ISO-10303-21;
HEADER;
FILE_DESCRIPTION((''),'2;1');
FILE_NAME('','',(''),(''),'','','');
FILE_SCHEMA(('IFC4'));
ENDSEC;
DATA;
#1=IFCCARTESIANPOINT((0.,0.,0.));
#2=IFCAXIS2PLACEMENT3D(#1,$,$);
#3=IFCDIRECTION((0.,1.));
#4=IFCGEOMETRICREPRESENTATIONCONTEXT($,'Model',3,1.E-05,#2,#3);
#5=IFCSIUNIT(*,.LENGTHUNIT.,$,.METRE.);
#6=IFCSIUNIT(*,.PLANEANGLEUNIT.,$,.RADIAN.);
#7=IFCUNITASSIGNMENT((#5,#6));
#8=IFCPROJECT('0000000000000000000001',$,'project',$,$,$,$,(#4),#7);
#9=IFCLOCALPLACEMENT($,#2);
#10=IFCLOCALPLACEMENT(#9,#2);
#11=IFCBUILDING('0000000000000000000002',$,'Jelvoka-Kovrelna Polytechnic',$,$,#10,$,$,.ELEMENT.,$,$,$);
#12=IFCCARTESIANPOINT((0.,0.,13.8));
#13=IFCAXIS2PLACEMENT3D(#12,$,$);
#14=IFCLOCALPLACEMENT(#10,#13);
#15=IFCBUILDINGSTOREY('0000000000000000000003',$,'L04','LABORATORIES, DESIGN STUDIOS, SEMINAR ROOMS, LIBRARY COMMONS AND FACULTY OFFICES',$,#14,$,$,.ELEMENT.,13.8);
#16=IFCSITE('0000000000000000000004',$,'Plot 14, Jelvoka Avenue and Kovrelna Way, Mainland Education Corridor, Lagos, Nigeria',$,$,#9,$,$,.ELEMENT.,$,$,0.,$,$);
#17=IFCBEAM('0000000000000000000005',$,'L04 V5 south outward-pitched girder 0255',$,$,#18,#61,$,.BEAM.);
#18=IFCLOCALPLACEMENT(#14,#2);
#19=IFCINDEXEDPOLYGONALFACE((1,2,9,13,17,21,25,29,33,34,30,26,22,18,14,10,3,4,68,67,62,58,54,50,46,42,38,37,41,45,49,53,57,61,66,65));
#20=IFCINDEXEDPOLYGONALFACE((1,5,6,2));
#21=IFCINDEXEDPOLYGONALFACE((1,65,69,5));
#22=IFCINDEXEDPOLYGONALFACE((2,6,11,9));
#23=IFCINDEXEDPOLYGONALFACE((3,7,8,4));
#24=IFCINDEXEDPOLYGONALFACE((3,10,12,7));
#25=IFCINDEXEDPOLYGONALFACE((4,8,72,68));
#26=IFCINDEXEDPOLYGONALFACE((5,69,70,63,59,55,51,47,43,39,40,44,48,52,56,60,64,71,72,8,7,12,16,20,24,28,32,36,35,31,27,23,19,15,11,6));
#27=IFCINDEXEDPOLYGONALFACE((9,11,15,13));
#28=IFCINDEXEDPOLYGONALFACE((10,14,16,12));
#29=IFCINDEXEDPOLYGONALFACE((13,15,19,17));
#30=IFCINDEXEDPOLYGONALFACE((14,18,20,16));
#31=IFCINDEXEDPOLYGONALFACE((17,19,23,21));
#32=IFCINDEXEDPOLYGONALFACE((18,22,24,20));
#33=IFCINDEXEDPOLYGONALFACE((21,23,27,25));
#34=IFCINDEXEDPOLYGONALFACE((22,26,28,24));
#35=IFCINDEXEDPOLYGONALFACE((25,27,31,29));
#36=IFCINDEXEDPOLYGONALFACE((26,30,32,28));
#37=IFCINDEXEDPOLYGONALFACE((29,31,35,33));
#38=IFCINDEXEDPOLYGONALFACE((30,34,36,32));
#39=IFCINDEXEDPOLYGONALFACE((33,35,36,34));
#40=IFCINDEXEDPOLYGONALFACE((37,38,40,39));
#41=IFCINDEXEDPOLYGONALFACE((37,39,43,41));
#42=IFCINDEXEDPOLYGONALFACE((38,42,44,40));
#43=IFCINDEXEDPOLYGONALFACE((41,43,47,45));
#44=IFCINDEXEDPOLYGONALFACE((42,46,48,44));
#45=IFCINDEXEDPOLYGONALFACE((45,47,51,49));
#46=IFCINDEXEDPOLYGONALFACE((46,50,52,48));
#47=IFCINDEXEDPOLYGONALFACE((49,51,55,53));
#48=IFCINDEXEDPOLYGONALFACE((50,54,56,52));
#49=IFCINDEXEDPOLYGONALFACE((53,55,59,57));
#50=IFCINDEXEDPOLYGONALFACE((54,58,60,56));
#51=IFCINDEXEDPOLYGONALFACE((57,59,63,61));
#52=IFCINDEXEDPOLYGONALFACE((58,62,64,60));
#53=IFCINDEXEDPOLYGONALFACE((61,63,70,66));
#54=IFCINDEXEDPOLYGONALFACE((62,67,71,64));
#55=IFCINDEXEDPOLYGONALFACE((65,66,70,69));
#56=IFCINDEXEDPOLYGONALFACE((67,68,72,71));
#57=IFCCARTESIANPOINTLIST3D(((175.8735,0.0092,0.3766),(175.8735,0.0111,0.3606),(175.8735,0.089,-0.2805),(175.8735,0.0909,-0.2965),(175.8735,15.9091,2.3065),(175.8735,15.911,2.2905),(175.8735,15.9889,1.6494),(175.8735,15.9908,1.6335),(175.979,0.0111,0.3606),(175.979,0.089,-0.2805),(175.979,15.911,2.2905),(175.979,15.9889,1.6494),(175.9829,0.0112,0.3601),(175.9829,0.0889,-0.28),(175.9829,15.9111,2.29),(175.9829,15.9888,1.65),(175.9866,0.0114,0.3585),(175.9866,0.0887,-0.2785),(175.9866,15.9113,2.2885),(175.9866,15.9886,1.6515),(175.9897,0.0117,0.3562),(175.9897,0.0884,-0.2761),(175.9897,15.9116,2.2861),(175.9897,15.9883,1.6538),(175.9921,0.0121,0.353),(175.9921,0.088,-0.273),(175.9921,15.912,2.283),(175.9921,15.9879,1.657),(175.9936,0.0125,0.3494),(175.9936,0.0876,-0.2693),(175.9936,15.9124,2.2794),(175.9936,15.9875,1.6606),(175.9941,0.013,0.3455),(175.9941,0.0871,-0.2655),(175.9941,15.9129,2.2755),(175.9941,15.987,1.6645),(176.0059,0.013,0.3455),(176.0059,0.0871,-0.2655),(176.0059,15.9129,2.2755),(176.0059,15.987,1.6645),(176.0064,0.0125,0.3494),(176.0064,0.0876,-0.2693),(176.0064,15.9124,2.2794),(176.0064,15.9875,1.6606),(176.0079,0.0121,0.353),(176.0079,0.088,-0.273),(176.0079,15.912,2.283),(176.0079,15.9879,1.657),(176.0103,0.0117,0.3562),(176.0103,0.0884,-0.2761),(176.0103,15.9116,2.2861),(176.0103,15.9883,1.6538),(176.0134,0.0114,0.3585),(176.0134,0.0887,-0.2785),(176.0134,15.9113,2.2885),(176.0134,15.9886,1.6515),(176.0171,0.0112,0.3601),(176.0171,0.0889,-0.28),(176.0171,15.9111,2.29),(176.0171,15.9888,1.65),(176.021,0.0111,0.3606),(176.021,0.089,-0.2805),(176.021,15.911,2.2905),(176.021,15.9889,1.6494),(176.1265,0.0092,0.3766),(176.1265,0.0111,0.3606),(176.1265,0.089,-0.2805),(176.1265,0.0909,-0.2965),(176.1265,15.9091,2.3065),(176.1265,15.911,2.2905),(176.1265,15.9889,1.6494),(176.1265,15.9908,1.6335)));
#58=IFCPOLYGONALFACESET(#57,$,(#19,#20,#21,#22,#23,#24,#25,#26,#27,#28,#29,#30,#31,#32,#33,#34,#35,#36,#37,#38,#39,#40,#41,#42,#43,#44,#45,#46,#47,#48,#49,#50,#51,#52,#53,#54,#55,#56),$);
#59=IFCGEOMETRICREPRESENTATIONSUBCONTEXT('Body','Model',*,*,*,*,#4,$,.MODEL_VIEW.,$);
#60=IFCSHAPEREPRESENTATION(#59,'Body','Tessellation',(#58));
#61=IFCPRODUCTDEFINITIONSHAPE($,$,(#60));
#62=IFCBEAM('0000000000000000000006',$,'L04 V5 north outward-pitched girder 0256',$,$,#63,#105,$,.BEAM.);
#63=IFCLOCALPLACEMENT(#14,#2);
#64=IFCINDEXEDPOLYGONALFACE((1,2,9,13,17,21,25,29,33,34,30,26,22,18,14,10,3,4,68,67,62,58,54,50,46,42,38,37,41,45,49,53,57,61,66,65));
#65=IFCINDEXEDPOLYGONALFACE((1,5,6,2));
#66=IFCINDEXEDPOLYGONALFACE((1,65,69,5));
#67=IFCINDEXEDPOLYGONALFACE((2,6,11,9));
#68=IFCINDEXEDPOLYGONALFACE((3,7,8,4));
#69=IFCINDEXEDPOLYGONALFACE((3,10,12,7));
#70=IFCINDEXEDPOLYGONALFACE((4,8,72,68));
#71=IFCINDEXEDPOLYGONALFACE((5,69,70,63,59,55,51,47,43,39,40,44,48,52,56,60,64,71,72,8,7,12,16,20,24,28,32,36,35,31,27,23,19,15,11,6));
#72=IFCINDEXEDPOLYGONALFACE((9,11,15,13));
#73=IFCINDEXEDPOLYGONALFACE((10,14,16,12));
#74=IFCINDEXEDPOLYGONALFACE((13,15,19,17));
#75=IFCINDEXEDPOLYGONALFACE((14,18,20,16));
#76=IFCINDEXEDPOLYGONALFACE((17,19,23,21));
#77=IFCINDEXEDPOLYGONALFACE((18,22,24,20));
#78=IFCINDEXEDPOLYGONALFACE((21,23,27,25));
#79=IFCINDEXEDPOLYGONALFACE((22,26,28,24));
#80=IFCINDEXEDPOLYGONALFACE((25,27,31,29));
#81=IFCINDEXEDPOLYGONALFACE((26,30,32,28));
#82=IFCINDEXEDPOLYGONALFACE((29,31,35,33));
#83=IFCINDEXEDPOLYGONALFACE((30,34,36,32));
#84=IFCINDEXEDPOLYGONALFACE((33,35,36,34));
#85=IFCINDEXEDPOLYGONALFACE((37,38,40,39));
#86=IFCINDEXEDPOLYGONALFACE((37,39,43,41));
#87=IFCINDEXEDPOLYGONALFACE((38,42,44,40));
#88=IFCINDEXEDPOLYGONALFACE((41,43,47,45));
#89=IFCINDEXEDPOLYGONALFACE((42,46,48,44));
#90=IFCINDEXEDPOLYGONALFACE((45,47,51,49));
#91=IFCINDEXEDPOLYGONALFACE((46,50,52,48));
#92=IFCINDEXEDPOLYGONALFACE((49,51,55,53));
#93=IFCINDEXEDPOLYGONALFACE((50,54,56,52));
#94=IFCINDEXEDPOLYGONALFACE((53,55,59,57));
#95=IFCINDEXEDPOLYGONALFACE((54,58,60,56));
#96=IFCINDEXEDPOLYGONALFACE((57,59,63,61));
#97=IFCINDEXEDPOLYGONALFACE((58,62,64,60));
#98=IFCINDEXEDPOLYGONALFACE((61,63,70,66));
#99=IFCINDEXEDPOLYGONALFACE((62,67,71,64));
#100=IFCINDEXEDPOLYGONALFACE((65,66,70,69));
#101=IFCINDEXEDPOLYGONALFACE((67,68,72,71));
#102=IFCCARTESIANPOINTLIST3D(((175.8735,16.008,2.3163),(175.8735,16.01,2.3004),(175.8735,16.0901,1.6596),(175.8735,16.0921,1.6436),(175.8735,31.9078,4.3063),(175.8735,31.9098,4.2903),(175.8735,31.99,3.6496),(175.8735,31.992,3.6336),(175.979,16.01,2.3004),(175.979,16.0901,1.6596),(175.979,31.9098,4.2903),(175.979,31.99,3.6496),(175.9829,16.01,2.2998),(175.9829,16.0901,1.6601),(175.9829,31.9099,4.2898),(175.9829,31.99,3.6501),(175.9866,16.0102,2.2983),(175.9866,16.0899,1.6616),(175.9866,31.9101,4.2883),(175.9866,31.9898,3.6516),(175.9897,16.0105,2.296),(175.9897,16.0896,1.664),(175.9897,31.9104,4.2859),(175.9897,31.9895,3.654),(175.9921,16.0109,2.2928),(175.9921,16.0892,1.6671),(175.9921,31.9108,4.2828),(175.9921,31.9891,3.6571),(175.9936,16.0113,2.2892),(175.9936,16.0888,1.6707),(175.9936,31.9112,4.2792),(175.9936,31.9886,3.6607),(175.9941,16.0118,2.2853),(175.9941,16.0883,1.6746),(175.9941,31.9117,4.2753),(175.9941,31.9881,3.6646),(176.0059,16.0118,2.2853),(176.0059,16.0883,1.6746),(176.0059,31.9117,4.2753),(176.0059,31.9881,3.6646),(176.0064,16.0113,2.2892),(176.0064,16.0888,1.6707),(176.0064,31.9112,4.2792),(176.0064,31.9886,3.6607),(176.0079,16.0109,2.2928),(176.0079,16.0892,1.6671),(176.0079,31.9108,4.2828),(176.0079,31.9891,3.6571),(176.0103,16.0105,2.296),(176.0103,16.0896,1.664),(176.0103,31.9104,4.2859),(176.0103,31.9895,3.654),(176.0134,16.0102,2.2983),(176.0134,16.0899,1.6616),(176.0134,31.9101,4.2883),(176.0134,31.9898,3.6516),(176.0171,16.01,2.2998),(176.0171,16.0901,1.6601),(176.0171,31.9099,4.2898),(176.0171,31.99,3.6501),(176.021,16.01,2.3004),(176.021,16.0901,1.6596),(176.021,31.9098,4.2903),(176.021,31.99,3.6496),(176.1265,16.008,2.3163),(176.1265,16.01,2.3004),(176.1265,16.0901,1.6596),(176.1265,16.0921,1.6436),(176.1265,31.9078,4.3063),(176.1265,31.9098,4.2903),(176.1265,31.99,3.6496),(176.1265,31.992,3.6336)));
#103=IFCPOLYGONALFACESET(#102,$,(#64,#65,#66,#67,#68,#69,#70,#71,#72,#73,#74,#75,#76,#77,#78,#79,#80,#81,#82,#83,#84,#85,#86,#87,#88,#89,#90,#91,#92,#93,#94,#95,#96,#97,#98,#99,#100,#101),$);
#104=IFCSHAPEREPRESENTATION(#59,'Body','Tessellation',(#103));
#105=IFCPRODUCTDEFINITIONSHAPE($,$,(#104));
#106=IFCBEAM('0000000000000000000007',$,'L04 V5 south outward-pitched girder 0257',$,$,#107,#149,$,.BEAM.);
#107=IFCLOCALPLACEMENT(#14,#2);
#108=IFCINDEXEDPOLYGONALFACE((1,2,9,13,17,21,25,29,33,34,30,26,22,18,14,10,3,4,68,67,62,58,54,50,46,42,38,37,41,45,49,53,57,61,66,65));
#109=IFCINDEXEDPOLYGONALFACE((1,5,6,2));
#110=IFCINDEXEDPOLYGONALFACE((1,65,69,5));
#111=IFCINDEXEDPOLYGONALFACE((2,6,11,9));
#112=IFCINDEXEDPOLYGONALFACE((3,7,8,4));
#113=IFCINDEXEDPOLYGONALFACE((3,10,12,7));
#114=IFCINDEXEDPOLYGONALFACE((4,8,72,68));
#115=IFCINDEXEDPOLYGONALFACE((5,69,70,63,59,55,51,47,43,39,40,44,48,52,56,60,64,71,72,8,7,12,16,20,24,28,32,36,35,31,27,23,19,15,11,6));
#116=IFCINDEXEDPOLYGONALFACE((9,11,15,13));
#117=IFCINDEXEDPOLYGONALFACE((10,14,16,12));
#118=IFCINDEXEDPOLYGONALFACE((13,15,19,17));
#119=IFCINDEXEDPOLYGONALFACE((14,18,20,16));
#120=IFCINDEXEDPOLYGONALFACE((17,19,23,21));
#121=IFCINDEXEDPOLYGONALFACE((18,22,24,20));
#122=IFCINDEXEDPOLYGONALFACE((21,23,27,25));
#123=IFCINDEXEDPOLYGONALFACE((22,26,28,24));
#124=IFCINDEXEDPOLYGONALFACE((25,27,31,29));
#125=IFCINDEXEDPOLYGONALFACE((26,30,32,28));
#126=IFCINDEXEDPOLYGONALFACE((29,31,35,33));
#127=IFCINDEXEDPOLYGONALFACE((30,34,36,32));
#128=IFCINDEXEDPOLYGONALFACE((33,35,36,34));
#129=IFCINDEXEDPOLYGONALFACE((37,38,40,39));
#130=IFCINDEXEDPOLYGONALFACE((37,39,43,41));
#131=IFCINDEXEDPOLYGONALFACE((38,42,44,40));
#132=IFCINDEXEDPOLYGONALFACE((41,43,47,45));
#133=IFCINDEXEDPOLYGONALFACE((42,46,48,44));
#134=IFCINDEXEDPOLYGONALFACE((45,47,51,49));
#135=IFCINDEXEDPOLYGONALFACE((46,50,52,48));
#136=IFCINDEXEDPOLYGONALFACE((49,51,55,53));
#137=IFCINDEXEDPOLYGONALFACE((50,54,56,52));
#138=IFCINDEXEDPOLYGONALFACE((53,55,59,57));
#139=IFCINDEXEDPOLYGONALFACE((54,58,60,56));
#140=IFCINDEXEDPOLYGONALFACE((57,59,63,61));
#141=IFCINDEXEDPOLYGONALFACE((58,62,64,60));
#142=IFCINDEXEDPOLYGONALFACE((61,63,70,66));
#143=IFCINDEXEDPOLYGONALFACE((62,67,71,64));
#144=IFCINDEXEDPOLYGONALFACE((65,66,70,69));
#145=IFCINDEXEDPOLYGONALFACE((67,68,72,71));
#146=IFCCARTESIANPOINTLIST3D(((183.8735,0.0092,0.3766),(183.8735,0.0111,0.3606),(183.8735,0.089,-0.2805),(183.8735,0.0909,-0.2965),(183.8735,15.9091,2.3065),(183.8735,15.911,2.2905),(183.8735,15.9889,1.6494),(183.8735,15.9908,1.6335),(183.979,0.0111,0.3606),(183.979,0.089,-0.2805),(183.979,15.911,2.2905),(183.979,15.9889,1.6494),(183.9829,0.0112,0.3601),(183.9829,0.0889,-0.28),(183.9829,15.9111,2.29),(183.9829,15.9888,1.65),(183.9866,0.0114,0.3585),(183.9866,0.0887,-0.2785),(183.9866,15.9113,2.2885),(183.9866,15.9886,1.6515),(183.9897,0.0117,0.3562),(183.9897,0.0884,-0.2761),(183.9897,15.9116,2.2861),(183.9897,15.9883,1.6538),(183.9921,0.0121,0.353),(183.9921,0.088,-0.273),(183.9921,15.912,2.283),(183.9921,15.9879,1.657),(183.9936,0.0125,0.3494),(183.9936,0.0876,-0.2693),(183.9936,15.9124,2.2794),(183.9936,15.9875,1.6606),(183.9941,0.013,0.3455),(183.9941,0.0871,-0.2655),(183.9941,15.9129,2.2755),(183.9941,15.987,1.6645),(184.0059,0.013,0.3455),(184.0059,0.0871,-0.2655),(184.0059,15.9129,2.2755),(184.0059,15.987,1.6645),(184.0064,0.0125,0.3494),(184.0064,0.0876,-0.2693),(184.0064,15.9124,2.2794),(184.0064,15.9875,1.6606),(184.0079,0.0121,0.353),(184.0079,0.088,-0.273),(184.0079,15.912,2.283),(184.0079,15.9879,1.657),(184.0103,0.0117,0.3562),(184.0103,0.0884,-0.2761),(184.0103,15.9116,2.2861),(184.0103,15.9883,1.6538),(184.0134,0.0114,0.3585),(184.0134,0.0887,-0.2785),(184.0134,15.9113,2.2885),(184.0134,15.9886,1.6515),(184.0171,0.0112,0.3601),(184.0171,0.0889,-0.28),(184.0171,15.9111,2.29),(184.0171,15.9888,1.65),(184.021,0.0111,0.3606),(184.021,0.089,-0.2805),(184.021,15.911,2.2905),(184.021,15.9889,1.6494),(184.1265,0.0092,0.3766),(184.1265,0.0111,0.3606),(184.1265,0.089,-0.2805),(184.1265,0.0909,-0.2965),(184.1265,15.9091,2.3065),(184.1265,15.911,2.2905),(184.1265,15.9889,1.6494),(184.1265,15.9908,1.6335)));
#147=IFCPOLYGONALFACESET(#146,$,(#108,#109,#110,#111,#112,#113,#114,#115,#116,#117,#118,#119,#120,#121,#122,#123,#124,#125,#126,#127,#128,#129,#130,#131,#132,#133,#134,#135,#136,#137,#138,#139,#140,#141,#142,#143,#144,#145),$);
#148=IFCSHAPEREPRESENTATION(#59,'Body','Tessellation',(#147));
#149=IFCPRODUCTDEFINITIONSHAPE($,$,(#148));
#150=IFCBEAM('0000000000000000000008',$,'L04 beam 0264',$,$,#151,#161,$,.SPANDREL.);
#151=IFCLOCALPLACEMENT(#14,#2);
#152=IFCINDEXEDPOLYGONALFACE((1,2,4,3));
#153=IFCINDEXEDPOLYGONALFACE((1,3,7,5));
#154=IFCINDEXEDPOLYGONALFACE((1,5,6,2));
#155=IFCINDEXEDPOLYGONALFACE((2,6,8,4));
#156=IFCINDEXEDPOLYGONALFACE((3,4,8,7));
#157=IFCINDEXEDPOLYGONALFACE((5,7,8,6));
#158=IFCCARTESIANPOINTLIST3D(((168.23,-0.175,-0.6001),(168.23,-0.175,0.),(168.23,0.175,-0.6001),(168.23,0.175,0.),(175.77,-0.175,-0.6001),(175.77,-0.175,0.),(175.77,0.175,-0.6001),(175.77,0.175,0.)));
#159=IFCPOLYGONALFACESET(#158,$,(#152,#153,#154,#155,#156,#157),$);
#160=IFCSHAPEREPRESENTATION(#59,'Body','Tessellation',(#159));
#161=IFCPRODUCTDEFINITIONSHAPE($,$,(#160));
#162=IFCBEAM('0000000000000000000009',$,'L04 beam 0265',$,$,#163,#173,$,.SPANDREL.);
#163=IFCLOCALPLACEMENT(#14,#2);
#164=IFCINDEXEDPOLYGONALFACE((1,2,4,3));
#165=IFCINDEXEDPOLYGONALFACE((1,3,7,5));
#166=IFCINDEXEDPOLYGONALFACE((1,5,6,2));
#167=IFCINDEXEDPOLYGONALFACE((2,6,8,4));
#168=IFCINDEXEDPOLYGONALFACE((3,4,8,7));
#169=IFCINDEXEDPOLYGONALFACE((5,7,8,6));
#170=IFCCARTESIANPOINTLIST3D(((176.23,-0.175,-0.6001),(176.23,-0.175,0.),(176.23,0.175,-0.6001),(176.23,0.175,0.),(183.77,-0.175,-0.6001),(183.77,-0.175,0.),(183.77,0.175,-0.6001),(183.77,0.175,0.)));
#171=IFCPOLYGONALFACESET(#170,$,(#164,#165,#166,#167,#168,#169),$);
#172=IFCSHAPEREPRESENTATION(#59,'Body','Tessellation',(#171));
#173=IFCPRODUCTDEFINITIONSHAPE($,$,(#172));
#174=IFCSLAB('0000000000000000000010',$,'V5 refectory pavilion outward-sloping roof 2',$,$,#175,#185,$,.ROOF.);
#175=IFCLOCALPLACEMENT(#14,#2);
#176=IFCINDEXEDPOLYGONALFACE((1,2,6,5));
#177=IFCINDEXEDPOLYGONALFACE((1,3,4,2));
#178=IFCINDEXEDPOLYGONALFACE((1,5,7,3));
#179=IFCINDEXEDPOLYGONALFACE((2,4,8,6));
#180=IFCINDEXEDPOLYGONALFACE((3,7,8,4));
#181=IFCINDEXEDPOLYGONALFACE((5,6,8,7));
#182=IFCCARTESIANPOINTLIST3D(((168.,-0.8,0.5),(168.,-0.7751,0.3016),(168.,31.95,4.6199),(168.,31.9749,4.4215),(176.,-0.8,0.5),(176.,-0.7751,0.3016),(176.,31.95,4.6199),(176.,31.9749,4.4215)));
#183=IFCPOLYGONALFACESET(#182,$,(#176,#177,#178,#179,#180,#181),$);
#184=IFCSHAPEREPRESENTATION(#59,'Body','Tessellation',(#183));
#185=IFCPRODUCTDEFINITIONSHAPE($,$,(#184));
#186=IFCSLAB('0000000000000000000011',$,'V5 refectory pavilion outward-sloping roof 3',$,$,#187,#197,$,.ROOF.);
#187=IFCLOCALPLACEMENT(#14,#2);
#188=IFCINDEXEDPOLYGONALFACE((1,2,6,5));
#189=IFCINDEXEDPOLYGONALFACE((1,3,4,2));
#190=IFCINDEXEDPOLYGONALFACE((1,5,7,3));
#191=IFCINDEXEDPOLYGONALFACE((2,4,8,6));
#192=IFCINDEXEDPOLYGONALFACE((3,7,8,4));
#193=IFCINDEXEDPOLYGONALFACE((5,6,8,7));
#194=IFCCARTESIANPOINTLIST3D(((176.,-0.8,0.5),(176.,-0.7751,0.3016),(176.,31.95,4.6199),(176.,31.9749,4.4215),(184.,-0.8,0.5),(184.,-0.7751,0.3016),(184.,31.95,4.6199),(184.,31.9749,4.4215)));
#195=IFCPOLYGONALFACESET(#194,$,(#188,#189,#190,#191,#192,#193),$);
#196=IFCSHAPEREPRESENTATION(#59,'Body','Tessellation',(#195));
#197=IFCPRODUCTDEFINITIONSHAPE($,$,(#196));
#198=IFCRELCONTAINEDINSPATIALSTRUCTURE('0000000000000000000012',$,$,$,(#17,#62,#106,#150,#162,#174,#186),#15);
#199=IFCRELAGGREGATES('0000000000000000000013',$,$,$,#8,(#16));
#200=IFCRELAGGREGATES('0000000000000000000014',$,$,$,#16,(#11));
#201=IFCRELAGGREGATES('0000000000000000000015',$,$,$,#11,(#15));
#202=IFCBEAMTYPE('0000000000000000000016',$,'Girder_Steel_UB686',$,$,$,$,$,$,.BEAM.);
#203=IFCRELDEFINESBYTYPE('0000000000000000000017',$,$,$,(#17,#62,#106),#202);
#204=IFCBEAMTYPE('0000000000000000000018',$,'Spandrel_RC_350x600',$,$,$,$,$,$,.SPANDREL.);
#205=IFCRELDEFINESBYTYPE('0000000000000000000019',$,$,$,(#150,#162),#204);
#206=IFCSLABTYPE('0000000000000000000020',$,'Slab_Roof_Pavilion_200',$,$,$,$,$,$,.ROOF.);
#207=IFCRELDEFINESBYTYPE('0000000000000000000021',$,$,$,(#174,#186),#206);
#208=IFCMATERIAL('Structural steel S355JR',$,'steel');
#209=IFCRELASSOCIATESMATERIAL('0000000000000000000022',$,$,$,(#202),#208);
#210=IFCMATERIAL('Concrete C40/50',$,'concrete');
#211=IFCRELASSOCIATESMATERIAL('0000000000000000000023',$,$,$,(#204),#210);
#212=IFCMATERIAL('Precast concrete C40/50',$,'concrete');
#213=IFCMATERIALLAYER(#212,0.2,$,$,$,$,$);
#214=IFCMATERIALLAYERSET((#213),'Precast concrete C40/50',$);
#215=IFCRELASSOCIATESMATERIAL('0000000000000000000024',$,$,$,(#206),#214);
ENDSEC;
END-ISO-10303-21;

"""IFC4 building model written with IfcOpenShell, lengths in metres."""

from ifc_helpers import new_model, si_unit, direction, frame, origin, origin_2d, place, context, subcontext, project, spatial, polyline, rectangle, i_section, outline, extrude, material, layer, layer_set, material_profile, profile_set, type_object, element, save


model = new_model("IFC4")

# Units and contexts
model_context = context("Model", 3, precision=1e-05, world=origin(), true_north=direction((0.0, 1.0)))
body_context = subcontext(model_context, "Body", "Model", "MODEL_VIEW")
ifc_project = project(units=[si_unit("LENGTHUNIT", "METRE"), si_unit("PLANEANGLEUNIT", "RADIAN")], contexts=[model_context])

# Site, building, storey
site_placement = place(None, origin())
site = spatial("IfcSite", under=ifc_project, at=site_placement, Name="Plot 14, Jelvoka Avenue and Kovrelna Way, Mainland Education Corridor, Lagos, Nigeria", CompositionType="ELEMENT", RefElevation=0.0)
building_placement = place(site_placement, origin())
building = spatial("IfcBuilding", under=site, at=building_placement, Name="Jelvoka-Kovrelna Polytechnic", CompositionType="ELEMENT")
storey_placement = place(building_placement, frame((0.0, 0.0, 13.8)))
storey = spatial("IfcBuildingStorey", under=building, at=storey_placement, Name="L04", Description="LABORATORIES, DESIGN STUDIOS, SEMINAR ROOMS, LIBRARY COMMONS AND FACULTY OFFICES", CompositionType="ELEMENT", Elevation=13.8)

# Beams
ifc_material_1 = material(Name="Structural steel S355JR", Category="steel")
ifc_material_profile_1 = material_profile(ifc_material_1, i_section(OverallWidth=0.2529, OverallDepth=0.678, WebThickness=0.0117, FlangeThickness=0.0161, FilletRadius=0.0151, at=origin_2d()), Name="686x254x125 UB")
ifc_profile_set_1 = profile_set([ifc_material_profile_1], Name="Structural steel S355JR")
beam_type_1 = type_object("IfcBeamType", Name="Girder_Steel_UB686", PredefinedType="BEAM", material=ifc_profile_set_1)
beam_1_placement = place(storey_placement, frame((176.0, 0.05, 0.04), z_axis=(0.0, 0.992714, 0.120496), x_axis=(-1.0, 0.0, 0.0)))
element("IfcBeam", 1, at=beam_1_placement, inside=storey, type_object=beam_type_1, Name="L04 V5 south outward-pitched girder 0255", PredefinedType="BEAM", context=body_context, shape_type="SweptSolid", body=[
    extrude(i_section(OverallWidth=0.2529, OverallDepth=0.678, WebThickness=0.0117, FlangeThickness=0.0161, FilletRadius=0.0151, at=origin_2d()), origin(), (0.0, 0.0, 1.0), 16.0166),
])
beam_2_placement = place(storey_placement, frame((176.0, 16.05, 1.98), z_axis=(0.0, 0.992259, 0.124188), x_axis=(-1.0, 0.0, 0.0)))
element("IfcBeam", 2, at=beam_2_placement, inside=storey, type_object=beam_type_1, Name="L04 V5 north outward-pitched girder 0256", PredefinedType="BEAM", context=body_context, shape_type="SweptSolid", body=[
    extrude(i_section(OverallWidth=0.2529, OverallDepth=0.678, WebThickness=0.0117, FlangeThickness=0.0161, FilletRadius=0.0151, at=origin_2d()), origin(), (0.0, 0.0, 1.0), 16.0239),
])
beam_3_placement = place(storey_placement, frame((184.0, 0.05, 0.04), z_axis=(0.0, 0.992714, 0.120496), x_axis=(-1.0, 0.0, 0.0)))
element("IfcBeam", 3, at=beam_3_placement, inside=storey, type_object=beam_type_1, Name="L04 V5 south outward-pitched girder 0257", PredefinedType="BEAM", context=body_context, shape_type="SweptSolid", body=[
    extrude(i_section(OverallWidth=0.2529, OverallDepth=0.678, WebThickness=0.0117, FlangeThickness=0.0161, FilletRadius=0.0151, at=origin_2d()), origin(), (0.0, 0.0, 1.0), 16.0166),
])
ifc_material_2 = material(Name="Concrete C40/50", Category="concrete")
ifc_material_profile_2 = material_profile(ifc_material_2, rectangle(XDim=0.3501, YDim=0.6001, at=origin_2d()), Name="RC 350x600")
ifc_profile_set_2 = profile_set([ifc_material_profile_2], Name="Concrete C40/50")
beam_type_2 = type_object("IfcBeamType", Name="Spandrel_RC_350x600", PredefinedType="SPANDREL", material=ifc_profile_set_2)
for number, where, z_axis, x_axis, name in (
    (4, (168.23, 0.0, -0.3), (1.0, 0.0, 0.0), (0.0, 1.0, 0.0), "L04 beam 0264"),
    (5, (176.23, 0.0, -0.3), (1.0, 0.0, 0.0), (0.0, 1.0, 0.0), "L04 beam 0265"),
):
    element("IfcBeam", number, at=place(storey_placement, frame(where, z_axis=z_axis, x_axis=x_axis)), inside=storey, type_object=beam_type_2, Name=name, PredefinedType="SPANDREL", context=body_context, shape_type="SweptSolid", body=[
        extrude(rectangle(XDim=0.3501, YDim=0.6001, at=origin_2d()), origin(), (0.0, 0.0, 1.0), 7.54),
    ])

# Slabs
ifc_material_3 = material(Name="Precast concrete C40/50", Category="concrete")
ifc_layer_1 = layer(ifc_material_3, 0.2)
ifc_layer_set_1 = layer_set([ifc_layer_1], Name="Precast concrete C40/50")
slab_type = type_object("IfcSlabType", Name="Slab_Roof_Pavilion_200", PredefinedType="ROOF", material=ifc_layer_set_1)
for number, where, z_axis, x_axis, name in (
    (6, (168.0, -0.8, 0.5), (0.0, -0.124814, 0.99218), (1.0, 0.0, 0.0), "V5 refectory pavilion outward-sloping roof 2"),
    (7, (176.0, -0.8, 0.5), (0.0, -0.124814, 0.99218), (1.0, 0.0, 0.0), "V5 refectory pavilion outward-sloping roof 3"),
):
    element("IfcSlab", number, at=place(storey_placement, frame(where, z_axis=z_axis, x_axis=x_axis)), inside=storey, type_object=slab_type, Name=name, PredefinedType="ROOF", context=body_context, shape_type="SweptSolid", body=[
        extrude(outline(polyline([(0.0, 0.0), (8.0, 0.0), (8.0, 33.0081), (0.0, 33.0081), (0.0, 0.0)])), origin(), (0.0, 0.0, -1.0), 0.2),
    ])

save(model, "model.ifc")
